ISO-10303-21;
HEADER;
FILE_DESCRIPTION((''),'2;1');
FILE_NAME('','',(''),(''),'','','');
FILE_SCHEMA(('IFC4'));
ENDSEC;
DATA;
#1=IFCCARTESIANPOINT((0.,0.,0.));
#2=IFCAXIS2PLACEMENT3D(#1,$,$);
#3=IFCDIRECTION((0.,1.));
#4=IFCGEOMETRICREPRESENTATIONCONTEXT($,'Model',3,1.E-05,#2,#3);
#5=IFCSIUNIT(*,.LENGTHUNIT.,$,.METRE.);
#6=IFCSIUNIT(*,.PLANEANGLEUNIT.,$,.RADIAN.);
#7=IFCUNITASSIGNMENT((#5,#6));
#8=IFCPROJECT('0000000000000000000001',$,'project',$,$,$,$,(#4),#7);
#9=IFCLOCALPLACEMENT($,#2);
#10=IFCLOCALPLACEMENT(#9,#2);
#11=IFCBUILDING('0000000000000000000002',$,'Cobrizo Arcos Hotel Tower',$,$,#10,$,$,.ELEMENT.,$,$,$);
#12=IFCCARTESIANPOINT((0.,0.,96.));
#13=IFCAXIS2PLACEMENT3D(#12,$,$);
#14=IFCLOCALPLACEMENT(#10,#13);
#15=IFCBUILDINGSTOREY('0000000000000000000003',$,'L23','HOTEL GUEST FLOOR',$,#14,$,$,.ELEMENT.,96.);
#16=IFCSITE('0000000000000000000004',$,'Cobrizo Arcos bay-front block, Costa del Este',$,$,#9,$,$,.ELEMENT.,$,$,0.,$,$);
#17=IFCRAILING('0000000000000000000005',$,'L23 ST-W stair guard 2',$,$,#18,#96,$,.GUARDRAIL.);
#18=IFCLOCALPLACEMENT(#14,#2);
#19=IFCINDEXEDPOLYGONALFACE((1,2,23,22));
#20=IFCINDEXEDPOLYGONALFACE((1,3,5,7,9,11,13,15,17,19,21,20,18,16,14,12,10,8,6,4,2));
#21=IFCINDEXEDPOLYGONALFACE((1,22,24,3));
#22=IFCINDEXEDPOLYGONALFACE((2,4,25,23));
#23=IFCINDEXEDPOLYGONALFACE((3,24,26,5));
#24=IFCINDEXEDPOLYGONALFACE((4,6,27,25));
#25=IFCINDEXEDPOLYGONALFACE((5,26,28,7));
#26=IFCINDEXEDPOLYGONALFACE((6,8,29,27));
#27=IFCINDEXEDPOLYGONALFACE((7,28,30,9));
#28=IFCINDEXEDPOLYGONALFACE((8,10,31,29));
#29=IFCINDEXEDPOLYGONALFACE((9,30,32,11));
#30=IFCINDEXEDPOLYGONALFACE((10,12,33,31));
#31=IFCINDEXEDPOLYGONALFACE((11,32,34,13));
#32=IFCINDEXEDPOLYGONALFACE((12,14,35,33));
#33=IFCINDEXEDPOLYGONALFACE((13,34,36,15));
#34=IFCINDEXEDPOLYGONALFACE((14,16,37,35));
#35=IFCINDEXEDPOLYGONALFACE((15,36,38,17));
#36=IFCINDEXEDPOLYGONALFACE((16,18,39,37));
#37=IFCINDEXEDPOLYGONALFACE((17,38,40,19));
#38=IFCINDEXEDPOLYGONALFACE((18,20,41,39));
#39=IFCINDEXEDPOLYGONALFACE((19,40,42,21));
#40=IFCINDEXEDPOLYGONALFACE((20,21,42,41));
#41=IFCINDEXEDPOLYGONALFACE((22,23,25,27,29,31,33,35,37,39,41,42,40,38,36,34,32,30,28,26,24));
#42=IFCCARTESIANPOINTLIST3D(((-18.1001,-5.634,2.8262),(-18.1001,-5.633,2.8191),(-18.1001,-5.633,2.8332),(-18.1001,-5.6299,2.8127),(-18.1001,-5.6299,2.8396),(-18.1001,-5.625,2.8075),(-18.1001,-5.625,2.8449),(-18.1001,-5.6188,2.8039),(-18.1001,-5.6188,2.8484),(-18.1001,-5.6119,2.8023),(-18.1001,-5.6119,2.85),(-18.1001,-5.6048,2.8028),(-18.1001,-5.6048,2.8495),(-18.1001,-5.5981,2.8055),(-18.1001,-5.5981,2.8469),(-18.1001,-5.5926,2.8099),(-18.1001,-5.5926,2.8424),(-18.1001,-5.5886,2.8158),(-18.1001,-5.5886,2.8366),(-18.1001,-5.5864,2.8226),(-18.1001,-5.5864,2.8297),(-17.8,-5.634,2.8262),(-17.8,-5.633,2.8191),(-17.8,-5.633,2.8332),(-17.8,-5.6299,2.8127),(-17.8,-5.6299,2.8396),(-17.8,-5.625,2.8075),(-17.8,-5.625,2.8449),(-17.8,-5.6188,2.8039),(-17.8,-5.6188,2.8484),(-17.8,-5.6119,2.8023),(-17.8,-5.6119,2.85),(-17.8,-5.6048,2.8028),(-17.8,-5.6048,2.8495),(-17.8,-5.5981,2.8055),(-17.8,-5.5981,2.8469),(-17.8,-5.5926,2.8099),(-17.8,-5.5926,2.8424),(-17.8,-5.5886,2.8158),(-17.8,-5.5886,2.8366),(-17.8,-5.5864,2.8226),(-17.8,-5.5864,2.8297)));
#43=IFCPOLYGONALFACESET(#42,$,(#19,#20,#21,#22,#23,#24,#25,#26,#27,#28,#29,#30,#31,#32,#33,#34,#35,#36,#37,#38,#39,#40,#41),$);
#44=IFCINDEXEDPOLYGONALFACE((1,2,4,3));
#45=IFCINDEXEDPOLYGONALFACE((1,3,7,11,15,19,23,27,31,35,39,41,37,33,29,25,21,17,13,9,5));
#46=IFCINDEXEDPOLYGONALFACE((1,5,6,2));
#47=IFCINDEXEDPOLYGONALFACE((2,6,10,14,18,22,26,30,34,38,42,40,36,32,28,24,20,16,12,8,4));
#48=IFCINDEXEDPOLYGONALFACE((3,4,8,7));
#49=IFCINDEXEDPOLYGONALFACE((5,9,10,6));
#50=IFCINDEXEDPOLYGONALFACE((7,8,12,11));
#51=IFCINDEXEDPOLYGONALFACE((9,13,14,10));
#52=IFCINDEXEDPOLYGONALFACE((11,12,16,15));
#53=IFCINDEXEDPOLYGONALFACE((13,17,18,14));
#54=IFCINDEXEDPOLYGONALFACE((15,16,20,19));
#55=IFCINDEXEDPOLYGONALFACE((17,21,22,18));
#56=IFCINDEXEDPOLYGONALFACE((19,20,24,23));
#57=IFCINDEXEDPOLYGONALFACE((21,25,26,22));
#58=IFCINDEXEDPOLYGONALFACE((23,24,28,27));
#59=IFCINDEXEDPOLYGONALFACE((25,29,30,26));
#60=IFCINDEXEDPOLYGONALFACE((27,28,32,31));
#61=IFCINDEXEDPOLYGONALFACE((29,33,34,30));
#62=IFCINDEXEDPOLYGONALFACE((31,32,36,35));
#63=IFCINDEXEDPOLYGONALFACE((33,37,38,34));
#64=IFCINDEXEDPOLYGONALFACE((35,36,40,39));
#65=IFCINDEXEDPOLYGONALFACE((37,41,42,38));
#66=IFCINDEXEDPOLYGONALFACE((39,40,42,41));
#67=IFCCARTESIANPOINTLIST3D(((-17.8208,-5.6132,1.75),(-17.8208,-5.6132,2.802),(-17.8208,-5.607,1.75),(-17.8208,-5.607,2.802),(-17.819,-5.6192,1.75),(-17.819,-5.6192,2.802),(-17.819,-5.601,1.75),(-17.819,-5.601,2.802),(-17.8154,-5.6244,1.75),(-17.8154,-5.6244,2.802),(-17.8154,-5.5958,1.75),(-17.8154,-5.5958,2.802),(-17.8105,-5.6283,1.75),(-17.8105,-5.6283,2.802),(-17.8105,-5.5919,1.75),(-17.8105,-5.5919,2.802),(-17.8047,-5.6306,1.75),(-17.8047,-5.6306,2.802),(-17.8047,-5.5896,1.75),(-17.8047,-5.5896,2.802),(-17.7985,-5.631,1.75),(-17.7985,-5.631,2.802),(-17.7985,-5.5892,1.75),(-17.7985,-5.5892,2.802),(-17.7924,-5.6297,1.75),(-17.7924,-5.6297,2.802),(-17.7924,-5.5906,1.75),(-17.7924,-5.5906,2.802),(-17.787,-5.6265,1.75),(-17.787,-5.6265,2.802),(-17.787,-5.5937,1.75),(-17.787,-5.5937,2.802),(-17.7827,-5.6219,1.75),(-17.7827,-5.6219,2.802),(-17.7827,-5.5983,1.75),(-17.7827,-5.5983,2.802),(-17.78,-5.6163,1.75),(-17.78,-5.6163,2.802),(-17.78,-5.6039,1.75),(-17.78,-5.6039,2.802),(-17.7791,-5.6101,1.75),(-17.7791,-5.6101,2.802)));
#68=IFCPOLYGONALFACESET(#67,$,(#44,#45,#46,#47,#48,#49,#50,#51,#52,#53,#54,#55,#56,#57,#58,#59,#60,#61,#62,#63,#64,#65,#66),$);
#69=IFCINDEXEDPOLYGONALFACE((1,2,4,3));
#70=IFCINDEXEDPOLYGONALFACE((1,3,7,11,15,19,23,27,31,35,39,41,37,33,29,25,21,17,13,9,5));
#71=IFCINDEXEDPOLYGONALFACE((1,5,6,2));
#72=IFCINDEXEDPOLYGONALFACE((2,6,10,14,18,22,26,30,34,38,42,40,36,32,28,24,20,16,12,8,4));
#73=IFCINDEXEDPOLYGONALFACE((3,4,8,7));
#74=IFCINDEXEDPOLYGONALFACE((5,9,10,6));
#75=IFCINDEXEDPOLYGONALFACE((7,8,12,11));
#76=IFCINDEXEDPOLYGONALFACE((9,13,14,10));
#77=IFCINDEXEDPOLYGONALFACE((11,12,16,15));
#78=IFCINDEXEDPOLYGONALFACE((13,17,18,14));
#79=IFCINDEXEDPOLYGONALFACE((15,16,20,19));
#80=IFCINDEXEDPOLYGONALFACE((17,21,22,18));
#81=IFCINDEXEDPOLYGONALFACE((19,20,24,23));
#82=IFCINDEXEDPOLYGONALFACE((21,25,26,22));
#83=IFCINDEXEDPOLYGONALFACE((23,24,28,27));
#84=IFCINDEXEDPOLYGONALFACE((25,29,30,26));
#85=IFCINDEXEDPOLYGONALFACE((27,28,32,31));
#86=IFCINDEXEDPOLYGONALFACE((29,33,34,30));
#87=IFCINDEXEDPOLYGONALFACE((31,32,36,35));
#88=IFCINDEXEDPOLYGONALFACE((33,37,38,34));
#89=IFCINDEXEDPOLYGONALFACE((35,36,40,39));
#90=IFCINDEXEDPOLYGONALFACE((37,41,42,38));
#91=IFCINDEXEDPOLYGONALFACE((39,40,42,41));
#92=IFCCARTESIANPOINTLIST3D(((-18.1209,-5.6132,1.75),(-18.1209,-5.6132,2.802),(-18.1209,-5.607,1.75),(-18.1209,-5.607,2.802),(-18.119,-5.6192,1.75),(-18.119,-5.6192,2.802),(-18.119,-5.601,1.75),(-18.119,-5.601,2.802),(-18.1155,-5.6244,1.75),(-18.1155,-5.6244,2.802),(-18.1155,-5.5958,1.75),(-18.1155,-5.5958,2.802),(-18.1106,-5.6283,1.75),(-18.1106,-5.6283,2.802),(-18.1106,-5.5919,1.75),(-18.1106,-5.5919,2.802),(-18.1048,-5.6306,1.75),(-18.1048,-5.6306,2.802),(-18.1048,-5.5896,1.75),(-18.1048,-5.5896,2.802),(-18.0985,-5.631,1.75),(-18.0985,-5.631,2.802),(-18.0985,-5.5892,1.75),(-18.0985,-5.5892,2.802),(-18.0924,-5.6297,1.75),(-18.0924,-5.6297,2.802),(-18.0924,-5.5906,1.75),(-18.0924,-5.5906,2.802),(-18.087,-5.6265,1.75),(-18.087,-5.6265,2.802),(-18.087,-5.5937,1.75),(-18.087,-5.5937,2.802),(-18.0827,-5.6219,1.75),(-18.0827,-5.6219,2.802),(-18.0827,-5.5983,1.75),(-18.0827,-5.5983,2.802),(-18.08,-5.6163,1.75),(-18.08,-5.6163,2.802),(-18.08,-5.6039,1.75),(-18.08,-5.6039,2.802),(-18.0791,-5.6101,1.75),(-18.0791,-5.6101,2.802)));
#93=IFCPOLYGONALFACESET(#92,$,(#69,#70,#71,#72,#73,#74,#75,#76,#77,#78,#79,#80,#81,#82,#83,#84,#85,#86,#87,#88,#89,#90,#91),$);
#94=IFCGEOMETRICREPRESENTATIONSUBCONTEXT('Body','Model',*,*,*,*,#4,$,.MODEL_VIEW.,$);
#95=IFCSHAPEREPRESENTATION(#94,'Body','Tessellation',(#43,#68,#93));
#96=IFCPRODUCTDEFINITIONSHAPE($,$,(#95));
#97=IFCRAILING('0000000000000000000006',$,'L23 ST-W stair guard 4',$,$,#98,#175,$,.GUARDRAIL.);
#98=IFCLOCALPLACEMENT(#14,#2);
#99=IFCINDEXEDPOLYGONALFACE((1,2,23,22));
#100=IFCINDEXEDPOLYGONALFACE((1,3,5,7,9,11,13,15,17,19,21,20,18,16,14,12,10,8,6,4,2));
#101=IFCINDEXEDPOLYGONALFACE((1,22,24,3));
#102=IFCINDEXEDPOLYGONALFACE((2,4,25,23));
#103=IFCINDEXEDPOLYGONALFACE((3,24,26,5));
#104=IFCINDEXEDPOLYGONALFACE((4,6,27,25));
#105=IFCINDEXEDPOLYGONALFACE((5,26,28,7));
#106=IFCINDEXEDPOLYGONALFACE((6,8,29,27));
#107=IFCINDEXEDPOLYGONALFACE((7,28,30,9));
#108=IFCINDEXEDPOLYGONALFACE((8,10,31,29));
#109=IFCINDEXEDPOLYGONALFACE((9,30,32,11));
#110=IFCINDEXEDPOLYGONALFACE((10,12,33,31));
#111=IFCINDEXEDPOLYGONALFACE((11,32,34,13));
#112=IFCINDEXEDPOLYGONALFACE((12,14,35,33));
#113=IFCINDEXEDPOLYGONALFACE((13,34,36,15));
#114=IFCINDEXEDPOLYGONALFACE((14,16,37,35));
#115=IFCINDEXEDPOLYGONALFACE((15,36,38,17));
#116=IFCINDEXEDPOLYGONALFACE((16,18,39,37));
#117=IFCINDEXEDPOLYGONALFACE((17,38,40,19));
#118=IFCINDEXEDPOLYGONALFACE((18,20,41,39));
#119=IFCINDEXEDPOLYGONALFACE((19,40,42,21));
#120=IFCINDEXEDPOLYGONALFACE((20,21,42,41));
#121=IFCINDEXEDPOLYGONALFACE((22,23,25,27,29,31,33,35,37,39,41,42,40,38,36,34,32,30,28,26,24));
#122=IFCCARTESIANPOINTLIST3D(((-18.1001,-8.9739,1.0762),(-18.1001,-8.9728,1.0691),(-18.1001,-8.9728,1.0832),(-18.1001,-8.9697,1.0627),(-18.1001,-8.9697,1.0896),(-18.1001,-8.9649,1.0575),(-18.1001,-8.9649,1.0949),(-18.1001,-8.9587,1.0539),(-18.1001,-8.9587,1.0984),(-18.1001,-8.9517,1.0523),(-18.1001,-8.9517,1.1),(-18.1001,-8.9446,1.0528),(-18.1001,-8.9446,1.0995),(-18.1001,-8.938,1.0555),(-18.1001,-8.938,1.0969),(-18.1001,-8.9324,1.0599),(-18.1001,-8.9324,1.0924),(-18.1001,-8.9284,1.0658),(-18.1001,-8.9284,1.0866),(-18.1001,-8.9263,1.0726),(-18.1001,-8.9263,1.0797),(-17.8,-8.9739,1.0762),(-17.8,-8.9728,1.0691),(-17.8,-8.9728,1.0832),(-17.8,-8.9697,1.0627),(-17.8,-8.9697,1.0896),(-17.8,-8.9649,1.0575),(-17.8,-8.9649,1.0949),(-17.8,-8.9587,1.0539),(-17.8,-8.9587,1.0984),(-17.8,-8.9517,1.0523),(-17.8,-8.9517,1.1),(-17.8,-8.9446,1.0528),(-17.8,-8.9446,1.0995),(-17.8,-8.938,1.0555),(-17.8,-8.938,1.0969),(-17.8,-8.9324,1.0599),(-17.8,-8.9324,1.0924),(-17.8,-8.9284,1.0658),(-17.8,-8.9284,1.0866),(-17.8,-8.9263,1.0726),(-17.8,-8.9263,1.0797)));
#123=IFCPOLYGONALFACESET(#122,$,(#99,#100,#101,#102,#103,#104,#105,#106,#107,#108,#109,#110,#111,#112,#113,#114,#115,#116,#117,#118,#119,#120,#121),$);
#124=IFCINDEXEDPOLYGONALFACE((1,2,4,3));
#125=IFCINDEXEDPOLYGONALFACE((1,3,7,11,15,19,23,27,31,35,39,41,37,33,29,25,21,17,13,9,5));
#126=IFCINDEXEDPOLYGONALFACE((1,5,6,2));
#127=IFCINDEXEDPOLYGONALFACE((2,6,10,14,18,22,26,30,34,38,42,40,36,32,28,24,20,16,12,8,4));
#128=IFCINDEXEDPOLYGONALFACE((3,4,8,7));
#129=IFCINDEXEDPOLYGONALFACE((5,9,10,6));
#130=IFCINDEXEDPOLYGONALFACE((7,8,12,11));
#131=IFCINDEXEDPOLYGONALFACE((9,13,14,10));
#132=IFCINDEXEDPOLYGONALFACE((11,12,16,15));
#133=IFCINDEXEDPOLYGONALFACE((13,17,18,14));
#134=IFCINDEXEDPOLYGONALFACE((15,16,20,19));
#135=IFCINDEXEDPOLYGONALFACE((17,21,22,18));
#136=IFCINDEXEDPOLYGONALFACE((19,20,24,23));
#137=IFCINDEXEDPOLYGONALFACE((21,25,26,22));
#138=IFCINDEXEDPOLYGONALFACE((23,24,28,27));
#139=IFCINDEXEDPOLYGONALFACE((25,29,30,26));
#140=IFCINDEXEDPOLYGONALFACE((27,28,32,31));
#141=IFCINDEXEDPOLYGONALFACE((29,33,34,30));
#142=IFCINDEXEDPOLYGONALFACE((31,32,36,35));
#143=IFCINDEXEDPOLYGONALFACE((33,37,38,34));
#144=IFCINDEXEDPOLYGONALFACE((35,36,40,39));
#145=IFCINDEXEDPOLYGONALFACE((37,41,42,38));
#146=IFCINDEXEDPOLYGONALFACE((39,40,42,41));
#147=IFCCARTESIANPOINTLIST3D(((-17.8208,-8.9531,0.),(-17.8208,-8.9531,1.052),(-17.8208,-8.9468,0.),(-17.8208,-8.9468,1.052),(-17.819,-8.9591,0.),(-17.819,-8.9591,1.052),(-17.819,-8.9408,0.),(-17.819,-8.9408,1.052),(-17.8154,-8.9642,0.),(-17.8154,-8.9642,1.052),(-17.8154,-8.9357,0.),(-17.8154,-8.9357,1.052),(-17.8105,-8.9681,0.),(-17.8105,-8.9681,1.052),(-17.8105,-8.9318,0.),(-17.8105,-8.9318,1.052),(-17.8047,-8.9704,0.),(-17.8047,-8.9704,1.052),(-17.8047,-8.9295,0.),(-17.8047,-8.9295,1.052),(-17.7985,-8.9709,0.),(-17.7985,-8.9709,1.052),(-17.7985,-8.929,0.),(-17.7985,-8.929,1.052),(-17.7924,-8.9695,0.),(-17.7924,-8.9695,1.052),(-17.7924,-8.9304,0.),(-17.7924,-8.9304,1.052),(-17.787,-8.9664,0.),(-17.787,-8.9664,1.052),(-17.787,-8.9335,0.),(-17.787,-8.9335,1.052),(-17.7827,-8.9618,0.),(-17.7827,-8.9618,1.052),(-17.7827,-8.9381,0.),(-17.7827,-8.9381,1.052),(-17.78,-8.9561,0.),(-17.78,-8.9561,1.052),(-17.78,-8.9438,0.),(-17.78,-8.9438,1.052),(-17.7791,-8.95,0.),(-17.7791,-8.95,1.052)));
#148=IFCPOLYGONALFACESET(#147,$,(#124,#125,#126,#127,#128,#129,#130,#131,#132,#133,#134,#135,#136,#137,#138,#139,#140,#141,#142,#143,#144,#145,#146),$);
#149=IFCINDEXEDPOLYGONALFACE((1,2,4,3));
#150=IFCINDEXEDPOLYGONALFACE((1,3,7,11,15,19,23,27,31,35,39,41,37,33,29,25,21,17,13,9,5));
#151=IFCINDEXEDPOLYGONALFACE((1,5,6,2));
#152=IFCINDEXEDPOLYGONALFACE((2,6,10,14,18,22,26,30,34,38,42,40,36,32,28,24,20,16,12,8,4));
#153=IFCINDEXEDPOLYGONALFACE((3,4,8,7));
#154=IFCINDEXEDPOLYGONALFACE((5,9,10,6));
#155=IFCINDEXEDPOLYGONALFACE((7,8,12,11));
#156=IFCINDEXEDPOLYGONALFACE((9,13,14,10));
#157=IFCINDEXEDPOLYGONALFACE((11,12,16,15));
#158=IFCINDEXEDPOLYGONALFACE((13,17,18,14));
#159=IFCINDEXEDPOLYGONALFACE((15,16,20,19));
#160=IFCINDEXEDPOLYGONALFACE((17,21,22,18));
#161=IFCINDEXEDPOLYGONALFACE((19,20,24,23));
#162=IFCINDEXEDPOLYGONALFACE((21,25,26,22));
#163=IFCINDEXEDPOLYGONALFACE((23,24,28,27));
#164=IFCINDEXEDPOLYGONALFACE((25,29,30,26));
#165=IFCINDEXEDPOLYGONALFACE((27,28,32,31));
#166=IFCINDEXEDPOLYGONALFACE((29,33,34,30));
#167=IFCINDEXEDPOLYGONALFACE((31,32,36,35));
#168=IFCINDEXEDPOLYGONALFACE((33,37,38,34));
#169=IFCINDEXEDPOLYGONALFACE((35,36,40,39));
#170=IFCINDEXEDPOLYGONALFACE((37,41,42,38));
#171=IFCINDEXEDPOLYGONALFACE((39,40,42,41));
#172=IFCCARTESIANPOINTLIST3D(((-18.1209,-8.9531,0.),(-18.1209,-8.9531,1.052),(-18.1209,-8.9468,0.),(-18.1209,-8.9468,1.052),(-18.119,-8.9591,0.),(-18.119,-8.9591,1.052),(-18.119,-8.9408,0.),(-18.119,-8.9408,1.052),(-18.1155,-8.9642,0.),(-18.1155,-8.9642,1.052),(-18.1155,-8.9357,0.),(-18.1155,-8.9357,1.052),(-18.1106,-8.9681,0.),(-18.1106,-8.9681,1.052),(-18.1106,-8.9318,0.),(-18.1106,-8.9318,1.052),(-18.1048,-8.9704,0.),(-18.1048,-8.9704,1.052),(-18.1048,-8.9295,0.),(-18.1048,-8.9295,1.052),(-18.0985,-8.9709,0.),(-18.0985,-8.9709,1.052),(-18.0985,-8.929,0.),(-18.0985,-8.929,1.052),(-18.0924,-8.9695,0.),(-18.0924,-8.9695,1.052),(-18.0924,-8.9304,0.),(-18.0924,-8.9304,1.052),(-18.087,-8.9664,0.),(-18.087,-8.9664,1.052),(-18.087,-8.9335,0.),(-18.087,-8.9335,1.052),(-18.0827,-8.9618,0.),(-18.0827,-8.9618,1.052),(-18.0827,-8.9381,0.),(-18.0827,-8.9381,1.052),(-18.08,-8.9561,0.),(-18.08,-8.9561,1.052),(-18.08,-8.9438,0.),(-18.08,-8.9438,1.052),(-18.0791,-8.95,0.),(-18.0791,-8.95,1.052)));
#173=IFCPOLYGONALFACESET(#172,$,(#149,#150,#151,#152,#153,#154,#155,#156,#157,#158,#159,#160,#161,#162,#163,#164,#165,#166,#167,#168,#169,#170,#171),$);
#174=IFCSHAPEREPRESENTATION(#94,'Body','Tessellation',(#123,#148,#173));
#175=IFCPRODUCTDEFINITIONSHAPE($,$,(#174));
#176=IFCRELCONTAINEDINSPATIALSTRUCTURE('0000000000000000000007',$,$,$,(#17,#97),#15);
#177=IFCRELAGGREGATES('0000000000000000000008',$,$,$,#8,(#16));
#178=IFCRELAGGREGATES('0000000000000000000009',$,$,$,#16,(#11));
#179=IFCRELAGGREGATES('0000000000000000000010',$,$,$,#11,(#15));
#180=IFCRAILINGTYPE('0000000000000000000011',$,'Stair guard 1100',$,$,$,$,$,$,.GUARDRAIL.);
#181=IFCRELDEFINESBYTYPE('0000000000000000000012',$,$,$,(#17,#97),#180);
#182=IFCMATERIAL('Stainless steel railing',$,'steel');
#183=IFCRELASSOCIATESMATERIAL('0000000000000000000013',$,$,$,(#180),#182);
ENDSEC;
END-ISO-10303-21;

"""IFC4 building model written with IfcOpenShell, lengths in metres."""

from ifc_helpers import new_model, si_unit, direction, frame, origin, origin_2d, place, context, subcontext, project, spatial, circle, extrude, material, type_object, element, save


model = new_model("IFC4")

# Units and contexts
model_context = context("Model", 3, precision=1e-05, world=origin(), true_north=direction((0.0, 1.0)))
body_context = subcontext(model_context, "Body", "Model", "MODEL_VIEW")
ifc_project = project(units=[si_unit("LENGTHUNIT", "METRE"), si_unit("PLANEANGLEUNIT", "RADIAN")], contexts=[model_context])

# Site, building, storey
site_placement = place(None, origin())
site = spatial("IfcSite", under=ifc_project, at=site_placement, Name="Cobrizo Arcos bay-front block, Costa del Este", CompositionType="ELEMENT", RefElevation=0.0)
building_placement = place(site_placement, origin())
building = spatial("IfcBuilding", under=site, at=building_placement, Name="Cobrizo Arcos Hotel Tower", CompositionType="ELEMENT")
storey_placement = place(building_placement, frame((0.0, 0.0, 96.0)))
storey = spatial("IfcBuildingStorey", under=building, at=storey_placement, Name="L23", Description="HOTEL GUEST FLOOR", CompositionType="ELEMENT", Elevation=96.0)

# Railings
ifc_material_1 = material(Name="Stainless steel railing", Category="steel")
railing_type_1 = type_object("IfcRailingType", Name="Stair guard 1100", PredefinedType="GUARDRAIL", material=ifc_material_1)
for number, where, name in (
    (1, (-17.8, -5.6101, 1.75), "L23 ST-W stair guard 2"),
    (2, (-17.8, -8.95, 0.0), "L23 ST-W stair guard 4"),
):
    element("IfcRailing", number, at=place(storey_placement, frame(where)), inside=storey, type_object=railing_type_1, Name=name, PredefinedType="GUARDRAIL", context=body_context, shape_type="SweptSolid", body=[
        extrude(circle(Radius=0.0239, at=origin_2d()), frame((0.0, 0.0, 1.0762), z_axis=(-1.0, 0.0, 0.0), x_axis=(0.0, -1.0, 0.0)), (0.0, 0.0, 1.0), 0.3),
        extrude(circle(Radius=0.021, at=origin_2d()), origin(), (0.0, 0.0, 1.0), 1.052),
        extrude(circle(Radius=0.021, at=origin_2d()), frame((-0.3, 0.0, 0.0)), (0.0, 0.0, 1.0), 1.052),
    ])

save(model, "model.ifc")
